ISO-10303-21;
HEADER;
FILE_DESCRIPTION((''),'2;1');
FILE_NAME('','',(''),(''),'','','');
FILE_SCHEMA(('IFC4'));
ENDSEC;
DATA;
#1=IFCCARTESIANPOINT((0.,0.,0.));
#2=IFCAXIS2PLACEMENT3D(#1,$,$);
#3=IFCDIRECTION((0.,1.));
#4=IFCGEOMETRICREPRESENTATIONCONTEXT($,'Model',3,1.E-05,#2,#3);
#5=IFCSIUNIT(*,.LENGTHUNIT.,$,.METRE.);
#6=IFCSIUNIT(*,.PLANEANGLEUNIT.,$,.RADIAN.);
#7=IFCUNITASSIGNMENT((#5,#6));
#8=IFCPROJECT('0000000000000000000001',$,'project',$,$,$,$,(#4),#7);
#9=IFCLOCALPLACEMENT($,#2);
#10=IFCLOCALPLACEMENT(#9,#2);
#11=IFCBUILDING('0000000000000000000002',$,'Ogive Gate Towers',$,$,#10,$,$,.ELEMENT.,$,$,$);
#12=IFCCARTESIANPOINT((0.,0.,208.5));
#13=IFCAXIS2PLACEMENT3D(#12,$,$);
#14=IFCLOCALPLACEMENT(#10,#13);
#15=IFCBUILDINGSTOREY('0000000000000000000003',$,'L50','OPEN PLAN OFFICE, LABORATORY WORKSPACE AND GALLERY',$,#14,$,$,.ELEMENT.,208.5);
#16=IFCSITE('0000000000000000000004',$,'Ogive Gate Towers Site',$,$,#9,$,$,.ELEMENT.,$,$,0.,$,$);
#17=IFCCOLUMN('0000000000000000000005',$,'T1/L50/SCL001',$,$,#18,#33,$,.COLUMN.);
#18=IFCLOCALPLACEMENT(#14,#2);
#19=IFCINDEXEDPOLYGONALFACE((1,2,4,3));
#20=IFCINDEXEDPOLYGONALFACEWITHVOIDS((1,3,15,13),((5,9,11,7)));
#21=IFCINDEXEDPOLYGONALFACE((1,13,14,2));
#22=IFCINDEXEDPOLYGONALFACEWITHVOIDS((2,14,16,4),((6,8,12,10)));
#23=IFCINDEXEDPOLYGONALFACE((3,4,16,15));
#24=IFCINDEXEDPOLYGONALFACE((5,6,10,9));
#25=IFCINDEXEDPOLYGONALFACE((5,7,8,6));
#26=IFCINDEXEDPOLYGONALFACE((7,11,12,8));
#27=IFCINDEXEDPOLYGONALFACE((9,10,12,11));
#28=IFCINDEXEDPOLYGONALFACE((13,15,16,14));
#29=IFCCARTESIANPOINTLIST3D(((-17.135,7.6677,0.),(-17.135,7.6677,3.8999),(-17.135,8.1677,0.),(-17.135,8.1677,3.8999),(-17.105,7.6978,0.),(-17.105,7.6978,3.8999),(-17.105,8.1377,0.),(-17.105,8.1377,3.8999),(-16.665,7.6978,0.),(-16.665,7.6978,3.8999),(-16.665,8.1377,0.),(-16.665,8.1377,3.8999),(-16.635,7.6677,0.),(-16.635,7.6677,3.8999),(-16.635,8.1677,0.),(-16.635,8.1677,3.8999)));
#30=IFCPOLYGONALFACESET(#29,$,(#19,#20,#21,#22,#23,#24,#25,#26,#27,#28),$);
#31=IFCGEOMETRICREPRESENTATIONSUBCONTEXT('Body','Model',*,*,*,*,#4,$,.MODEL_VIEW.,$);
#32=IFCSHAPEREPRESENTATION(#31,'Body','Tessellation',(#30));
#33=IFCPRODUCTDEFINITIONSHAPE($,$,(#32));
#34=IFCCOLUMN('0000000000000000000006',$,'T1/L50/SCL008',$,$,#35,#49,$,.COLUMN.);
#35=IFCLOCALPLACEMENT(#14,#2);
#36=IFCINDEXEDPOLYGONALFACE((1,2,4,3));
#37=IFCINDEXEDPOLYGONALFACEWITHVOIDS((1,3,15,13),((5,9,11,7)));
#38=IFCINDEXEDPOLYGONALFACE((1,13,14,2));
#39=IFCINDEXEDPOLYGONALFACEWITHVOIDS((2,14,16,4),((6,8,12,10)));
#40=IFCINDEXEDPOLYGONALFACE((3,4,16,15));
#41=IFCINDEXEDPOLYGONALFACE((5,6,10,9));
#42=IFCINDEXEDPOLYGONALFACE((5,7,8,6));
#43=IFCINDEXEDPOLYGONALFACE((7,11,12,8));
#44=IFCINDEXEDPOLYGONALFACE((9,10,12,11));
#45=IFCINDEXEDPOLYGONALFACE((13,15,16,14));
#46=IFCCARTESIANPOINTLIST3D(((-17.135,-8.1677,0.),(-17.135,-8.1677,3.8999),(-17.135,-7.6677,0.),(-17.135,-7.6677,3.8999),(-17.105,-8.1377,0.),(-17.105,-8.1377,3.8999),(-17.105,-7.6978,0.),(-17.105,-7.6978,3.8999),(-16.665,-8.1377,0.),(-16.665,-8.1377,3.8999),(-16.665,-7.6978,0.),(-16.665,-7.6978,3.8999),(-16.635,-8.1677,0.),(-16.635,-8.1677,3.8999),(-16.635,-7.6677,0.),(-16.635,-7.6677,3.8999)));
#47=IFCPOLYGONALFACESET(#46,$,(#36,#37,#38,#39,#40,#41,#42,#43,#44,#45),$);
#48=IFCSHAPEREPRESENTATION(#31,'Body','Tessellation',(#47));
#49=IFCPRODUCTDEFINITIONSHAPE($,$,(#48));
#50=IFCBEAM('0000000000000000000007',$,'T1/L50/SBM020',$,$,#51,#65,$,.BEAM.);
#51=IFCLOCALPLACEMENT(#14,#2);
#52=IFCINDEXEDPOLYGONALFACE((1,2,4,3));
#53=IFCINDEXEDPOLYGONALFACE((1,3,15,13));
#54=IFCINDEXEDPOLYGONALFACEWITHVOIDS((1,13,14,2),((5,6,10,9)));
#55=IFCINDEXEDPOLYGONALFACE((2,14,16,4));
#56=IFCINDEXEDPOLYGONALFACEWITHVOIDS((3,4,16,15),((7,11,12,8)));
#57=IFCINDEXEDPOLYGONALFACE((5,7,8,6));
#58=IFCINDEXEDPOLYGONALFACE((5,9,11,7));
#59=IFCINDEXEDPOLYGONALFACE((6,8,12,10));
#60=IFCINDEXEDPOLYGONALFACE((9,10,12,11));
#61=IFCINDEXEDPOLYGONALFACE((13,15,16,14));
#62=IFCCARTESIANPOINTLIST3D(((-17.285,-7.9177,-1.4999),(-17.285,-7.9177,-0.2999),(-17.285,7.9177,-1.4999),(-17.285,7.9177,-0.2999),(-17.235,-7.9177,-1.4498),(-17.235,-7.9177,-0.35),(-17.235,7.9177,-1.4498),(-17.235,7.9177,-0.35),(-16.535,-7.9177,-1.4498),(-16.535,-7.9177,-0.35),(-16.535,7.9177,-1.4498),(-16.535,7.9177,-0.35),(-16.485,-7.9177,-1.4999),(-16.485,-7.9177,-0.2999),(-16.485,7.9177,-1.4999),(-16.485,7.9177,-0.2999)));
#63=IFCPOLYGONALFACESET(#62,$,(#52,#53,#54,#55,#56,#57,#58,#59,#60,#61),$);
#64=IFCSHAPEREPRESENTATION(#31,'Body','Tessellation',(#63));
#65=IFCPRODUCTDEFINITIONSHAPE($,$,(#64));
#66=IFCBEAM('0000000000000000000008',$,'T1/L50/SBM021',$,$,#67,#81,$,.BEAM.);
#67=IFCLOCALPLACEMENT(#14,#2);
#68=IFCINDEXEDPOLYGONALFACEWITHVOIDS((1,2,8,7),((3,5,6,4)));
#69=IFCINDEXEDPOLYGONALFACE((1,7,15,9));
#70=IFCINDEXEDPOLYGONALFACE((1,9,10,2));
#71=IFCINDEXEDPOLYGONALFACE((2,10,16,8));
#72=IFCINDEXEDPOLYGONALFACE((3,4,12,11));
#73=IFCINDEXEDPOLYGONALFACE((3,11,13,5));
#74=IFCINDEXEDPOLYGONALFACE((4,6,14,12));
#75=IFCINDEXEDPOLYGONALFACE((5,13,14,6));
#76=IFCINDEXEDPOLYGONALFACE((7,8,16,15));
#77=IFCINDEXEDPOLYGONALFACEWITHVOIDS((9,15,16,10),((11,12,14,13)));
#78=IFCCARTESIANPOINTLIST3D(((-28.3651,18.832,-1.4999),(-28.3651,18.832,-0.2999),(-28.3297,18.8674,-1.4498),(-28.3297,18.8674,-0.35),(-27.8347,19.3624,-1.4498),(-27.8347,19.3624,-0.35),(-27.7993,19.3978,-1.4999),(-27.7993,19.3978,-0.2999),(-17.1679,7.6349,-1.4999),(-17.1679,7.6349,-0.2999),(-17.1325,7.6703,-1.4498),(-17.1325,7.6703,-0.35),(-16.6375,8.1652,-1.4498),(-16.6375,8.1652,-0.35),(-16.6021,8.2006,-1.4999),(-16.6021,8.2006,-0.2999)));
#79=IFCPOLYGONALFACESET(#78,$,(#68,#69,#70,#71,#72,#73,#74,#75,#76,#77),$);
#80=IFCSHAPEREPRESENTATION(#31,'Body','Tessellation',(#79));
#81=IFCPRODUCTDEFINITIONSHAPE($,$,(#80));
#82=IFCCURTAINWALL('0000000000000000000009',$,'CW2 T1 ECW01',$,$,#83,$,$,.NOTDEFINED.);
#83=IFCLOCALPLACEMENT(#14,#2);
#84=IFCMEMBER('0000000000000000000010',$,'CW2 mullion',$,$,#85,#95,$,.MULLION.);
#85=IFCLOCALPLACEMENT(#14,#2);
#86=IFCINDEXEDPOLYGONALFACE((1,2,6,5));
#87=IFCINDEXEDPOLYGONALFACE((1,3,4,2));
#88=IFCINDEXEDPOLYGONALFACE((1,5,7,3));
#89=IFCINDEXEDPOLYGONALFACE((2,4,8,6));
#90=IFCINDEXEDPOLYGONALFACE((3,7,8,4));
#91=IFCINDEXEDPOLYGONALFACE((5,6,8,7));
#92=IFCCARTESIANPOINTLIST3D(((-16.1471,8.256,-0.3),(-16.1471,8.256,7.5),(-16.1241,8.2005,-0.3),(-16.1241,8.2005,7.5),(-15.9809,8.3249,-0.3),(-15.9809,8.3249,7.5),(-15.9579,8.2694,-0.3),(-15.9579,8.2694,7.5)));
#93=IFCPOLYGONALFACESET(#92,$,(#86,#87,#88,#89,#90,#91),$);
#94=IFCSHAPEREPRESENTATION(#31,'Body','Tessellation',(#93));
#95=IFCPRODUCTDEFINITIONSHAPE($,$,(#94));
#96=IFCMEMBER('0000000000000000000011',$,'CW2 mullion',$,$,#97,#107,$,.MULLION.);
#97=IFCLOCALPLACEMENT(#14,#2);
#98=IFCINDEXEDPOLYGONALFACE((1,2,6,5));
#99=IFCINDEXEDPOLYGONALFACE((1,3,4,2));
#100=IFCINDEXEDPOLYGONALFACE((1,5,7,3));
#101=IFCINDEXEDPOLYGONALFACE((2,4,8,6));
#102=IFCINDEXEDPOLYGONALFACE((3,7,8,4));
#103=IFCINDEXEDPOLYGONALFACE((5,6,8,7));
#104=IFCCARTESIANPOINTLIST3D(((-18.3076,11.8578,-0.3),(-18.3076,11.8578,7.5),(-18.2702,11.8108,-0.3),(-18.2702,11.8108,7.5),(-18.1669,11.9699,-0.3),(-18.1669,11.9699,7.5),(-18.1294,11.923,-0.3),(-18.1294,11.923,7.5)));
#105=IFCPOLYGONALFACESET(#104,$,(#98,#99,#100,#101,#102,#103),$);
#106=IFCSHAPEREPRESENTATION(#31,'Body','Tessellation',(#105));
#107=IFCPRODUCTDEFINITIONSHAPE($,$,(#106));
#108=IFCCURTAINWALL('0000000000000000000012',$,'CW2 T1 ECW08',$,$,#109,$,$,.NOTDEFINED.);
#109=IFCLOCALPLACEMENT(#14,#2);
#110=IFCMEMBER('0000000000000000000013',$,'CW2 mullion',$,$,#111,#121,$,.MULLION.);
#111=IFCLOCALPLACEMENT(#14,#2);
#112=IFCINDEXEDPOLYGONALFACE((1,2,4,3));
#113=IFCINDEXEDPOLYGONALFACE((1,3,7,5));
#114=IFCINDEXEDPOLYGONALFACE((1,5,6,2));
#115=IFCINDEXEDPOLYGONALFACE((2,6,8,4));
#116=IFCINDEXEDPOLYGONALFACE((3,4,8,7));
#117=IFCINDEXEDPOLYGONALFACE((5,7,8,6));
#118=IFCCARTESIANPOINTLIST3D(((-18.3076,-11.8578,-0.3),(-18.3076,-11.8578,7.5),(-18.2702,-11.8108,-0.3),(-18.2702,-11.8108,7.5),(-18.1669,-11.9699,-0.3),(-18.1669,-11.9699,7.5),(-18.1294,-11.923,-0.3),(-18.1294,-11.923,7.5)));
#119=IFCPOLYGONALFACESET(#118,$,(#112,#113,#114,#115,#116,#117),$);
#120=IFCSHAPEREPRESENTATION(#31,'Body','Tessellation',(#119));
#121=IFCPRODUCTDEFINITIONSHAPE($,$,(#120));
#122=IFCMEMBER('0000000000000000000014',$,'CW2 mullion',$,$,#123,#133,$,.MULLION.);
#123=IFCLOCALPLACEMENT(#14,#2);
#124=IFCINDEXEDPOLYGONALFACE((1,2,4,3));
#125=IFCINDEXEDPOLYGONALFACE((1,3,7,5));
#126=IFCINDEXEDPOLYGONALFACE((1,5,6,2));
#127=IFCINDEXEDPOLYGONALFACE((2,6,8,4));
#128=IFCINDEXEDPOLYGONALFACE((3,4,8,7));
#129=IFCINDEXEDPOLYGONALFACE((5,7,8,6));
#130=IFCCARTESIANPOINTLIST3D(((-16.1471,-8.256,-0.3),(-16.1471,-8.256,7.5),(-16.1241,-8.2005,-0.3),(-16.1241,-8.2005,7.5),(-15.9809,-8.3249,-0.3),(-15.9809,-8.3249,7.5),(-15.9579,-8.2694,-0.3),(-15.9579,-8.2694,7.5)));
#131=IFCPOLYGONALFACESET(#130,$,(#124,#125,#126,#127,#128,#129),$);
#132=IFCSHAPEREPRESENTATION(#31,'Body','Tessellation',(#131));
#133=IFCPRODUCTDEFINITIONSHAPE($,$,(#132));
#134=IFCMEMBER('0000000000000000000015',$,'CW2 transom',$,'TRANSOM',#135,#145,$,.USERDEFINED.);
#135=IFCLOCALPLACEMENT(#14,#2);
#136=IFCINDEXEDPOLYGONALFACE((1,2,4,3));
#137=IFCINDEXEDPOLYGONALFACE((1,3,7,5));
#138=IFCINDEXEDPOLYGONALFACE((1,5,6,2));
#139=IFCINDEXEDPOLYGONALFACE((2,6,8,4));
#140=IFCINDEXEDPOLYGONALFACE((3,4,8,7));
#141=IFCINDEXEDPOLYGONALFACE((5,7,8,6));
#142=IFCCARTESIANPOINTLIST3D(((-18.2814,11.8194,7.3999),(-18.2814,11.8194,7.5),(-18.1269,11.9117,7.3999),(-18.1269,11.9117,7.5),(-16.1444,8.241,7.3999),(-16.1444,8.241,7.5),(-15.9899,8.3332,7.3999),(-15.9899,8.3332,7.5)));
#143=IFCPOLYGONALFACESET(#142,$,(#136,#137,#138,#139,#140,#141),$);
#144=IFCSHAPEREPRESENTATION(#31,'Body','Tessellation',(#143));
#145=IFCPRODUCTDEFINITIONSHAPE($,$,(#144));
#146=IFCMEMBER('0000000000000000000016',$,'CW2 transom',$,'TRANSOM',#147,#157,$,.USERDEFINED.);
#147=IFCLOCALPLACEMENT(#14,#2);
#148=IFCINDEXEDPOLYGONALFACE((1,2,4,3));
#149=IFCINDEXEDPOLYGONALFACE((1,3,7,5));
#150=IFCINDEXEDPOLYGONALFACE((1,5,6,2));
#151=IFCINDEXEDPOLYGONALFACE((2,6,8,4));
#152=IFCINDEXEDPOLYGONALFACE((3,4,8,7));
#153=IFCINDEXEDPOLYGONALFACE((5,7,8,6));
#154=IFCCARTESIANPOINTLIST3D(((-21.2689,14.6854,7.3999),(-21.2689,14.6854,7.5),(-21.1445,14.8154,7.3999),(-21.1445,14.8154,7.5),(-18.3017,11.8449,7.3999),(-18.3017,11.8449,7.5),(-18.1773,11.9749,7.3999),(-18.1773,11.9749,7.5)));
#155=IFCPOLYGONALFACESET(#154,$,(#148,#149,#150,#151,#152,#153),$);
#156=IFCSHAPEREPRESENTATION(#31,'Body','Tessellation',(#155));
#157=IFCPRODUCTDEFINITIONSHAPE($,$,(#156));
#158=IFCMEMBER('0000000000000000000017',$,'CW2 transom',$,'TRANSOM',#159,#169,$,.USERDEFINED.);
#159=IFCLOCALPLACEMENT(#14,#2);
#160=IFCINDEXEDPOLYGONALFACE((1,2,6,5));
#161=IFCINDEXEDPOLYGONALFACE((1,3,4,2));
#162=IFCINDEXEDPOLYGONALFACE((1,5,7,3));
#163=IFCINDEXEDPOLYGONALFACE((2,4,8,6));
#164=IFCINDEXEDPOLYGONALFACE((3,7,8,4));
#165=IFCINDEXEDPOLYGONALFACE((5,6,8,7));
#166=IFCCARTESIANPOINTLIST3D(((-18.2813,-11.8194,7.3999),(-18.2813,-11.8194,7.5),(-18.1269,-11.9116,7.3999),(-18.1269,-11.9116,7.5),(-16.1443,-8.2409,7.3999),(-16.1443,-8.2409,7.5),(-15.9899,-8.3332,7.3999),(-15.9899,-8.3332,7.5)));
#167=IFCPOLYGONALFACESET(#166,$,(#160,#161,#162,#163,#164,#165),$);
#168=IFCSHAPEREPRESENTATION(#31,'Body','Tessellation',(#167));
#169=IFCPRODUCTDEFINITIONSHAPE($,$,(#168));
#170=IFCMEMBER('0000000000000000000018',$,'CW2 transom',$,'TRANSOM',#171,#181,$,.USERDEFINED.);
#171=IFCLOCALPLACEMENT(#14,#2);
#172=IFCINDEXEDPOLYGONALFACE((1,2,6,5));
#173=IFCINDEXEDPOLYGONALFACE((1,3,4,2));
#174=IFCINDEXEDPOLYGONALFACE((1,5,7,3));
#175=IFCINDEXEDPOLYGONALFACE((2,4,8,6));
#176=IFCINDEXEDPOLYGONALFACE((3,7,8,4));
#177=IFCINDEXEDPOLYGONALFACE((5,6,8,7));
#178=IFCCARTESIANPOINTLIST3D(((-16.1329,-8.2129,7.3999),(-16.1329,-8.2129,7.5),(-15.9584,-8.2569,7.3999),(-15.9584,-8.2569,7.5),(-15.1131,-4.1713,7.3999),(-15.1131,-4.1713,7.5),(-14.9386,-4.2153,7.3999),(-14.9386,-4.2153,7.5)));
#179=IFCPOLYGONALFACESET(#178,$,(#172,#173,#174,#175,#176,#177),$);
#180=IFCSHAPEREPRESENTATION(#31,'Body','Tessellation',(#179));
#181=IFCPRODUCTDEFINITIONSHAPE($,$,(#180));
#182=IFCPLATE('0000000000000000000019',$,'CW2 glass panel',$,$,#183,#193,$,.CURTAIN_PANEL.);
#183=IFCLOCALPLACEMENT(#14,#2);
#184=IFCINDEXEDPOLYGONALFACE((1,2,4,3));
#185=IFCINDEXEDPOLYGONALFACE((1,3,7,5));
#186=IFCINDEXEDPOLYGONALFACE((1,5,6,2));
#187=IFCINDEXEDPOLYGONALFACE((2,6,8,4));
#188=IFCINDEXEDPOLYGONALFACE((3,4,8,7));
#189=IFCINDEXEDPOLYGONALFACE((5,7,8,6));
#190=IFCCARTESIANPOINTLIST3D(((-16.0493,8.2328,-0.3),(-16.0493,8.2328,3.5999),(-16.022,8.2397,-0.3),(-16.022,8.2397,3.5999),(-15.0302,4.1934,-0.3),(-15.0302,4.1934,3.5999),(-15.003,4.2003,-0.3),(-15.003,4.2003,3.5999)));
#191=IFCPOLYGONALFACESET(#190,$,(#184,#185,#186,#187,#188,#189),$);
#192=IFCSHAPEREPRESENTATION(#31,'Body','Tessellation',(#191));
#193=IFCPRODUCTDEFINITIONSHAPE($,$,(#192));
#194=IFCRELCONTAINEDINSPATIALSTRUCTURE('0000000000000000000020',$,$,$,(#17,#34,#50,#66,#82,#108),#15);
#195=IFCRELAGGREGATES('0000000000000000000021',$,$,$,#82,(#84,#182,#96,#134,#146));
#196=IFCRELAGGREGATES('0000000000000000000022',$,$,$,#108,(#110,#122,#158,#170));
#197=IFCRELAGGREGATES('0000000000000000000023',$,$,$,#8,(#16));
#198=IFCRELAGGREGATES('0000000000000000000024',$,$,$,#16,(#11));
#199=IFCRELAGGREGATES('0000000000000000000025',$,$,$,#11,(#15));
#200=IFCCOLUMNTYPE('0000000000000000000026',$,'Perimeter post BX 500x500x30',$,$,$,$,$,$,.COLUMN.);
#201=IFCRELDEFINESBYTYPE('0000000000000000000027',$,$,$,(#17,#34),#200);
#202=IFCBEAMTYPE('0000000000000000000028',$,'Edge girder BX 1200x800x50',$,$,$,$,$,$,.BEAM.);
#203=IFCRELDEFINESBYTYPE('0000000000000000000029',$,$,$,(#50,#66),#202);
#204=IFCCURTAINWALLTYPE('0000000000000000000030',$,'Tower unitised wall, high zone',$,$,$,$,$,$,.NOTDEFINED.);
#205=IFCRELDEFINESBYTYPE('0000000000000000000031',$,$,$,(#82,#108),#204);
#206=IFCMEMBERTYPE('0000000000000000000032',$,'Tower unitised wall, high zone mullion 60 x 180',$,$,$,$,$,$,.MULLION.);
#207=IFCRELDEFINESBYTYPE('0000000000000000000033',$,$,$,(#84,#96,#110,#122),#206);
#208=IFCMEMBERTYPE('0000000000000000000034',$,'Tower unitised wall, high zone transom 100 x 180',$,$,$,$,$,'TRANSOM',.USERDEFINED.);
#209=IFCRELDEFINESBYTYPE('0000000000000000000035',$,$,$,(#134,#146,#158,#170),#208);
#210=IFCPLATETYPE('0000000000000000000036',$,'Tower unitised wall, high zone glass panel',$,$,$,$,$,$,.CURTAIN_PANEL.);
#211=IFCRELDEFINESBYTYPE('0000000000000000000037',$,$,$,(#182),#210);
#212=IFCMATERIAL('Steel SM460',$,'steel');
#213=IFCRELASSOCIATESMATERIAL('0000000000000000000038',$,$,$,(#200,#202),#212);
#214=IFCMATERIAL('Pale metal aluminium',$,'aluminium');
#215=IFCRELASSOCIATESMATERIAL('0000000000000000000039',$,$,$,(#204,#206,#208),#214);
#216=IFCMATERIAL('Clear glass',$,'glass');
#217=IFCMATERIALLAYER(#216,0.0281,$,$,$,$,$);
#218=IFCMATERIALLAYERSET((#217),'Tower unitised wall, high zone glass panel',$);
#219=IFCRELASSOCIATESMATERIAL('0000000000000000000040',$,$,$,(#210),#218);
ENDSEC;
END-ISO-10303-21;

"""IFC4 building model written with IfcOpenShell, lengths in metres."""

from ifc_helpers import new_model, si_unit, direction, frame, origin, origin_2d, place, context, subcontext, project, spatial, rectangle, hollow_rectangle, extrude, material, layer, layer_set, material_profile, profile_set, type_object, element, aggregate, save


model = new_model("IFC4")

# Units and contexts
model_context = context("Model", 3, precision=1e-05, world=origin(), true_north=direction((0.0, 1.0)))
body_context = subcontext(model_context, "Body", "Model", "MODEL_VIEW")
ifc_project = project(units=[si_unit("LENGTHUNIT", "METRE"), si_unit("PLANEANGLEUNIT", "RADIAN")], contexts=[model_context])

# Site, building, storey
site_placement = place(None, origin())
site = spatial("IfcSite", under=ifc_project, at=site_placement, Name="Ogive Gate Towers Site", CompositionType="ELEMENT", RefElevation=0.0)
building_placement = place(site_placement, origin())
building = spatial("IfcBuilding", under=site, at=building_placement, Name="Ogive Gate Towers", CompositionType="ELEMENT")
storey_placement = place(building_placement, frame((0.0, 0.0, 208.5)))
storey = spatial("IfcBuildingStorey", under=building, at=storey_placement, Name="L50", Description="OPEN PLAN OFFICE, LABORATORY WORKSPACE AND GALLERY", CompositionType="ELEMENT", Elevation=208.5)

# Columns
ifc_material_1 = material(Name="Steel SM460", Category="steel")
ifc_material_profile_1 = material_profile(ifc_material_1, hollow_rectangle(XDim=0.5, YDim=0.5, WallThickness=0.03, at=origin_2d()), Name="BX 500x500x30")
ifc_profile_set_1 = profile_set([ifc_material_profile_1], Name="Steel SM460")
column_type = type_object("IfcColumnType", Name="Perimeter post BX 500x500x30", PredefinedType="COLUMN", material=ifc_profile_set_1)
for number, where, z_axis, x_axis, name in (
    (1, (-16.885, 7.9177, 0.0), (0.0, 0.0, 1.0), (1.0, 0.0, 0.0), "T1/L50/SCL001"),
    (2, (-16.885, -7.9177, 0.0), (0.0, 0.0, 1.0), (1.0, 0.0, 0.0), "T1/L50/SCL008"),
):
    element("IfcColumn", number, at=place(storey_placement, frame(where, z_axis=z_axis, x_axis=x_axis)), inside=storey, type_object=column_type, Name=name, PredefinedType="COLUMN", context=body_context, shape_type="SweptSolid", body=[
        extrude(hollow_rectangle(XDim=0.5, YDim=0.5, WallThickness=0.03, at=origin_2d()), origin(), (0.0, 0.0, 1.0), 3.8999),
    ])

# Beams
ifc_material_profile_2 = material_profile(ifc_material_1, hollow_rectangle(XDim=0.8, YDim=1.2, WallThickness=0.05, at=origin_2d()), Name="BX 1200x800x50")
ifc_profile_set_2 = profile_set([ifc_material_profile_2], Name="Steel SM460")
beam_type = type_object("IfcBeamType", Name="Edge girder BX 1200x800x50", PredefinedType="BEAM", material=ifc_profile_set_2)
beam_1_placement = place(storey_placement, frame((-16.885, -7.9177, -0.8999), z_axis=(0.0, 1.0, 0.0), x_axis=(-1.0, 0.0, 0.0)))
element("IfcBeam", 3, at=beam_1_placement, inside=storey, type_object=beam_type, Name="T1/L50/SBM020", PredefinedType="BEAM", context=body_context, shape_type="SweptSolid", body=[
    extrude(hollow_rectangle(XDim=0.8, YDim=1.2, WallThickness=0.05, at=origin_2d()), origin(), (0.0, 0.0, 1.0), 15.8354),
])
beam_2_placement = place(storey_placement, frame((-16.885, 7.9177, -0.8999), z_axis=(-0.707107, 0.707107, 0.0), x_axis=(-0.707107, -0.707107, 0.0)))
element("IfcBeam", 4, at=beam_2_placement, inside=storey, type_object=beam_type, Name="T1/L50/SBM021", PredefinedType="BEAM", context=body_context, shape_type="SweptSolid", body=[
    extrude(hollow_rectangle(XDim=0.8, YDim=1.2, WallThickness=0.05, at=origin_2d()), origin(), (0.0, 0.0, 1.0), 15.8352),
])

# Curtain walls, members
ifc_material_2 = material(Name="Pale metal aluminium", Category="aluminium")
curtain_wall_type = type_object("IfcCurtainWallType", Name="Tower unitised wall, high zone", PredefinedType="NOTDEFINED", material=ifc_material_2)
curtain_wall_1_placement = place(storey_placement, origin())
curtain_wall_1 = element("IfcCurtainWall", 5, at=curtain_wall_1_placement, inside=storey, type_object=curtain_wall_type, Name="CW2 T1 ECW01", PredefinedType="NOTDEFINED")
ifc_material_profile_3 = material_profile(ifc_material_2, rectangle(XDim=0.1799, YDim=0.0601, at=origin_2d()), Name="60 x 180 aluminium box")
ifc_profile_set_3 = profile_set([ifc_material_profile_3], Name="Pale metal aluminium")
member_type_1 = type_object("IfcMemberType", Name="Tower unitised wall, high zone mullion 60 x 180", PredefinedType="MULLION", material=ifc_profile_set_3)
member_1_placement = place(storey_placement, frame((-16.0525, 8.2627, -0.3), z_axis=(0.0, 0.0, 1.0), x_axis=(0.92388, 0.382683, 0.0)))
member_1 = element("IfcMember", 6, at=member_1_placement, type_object=member_type_1, Name="CW2 mullion", PredefinedType="MULLION", context=body_context, shape_type="SweptSolid", body=[
    extrude(rectangle(XDim=0.1799, YDim=0.0601, at=origin_2d()), origin(), (0.0, 0.0, 1.0), 7.8),
])
member_2_placement = place(storey_placement, frame((-18.2185, 11.8904, -0.3), z_axis=(0.0, 0.0, 1.0), x_axis=(0.782097, 0.623156, 0.0)))
member_2 = element("IfcMember", 7, at=member_2_placement, type_object=member_type_1, Name="CW2 mullion", PredefinedType="MULLION", context=body_context, shape_type="SweptSolid", body=[
    extrude(rectangle(XDim=0.1799, YDim=0.0601, at=origin_2d()), origin(), (0.0, 0.0, 1.0), 7.8),
])
curtain_wall_2_placement = place(storey_placement, origin())
curtain_wall_2 = element("IfcCurtainWall", 8, at=curtain_wall_2_placement, inside=storey, type_object=curtain_wall_type, Name="CW2 T1 ECW08", PredefinedType="NOTDEFINED")
member_3_placement = place(storey_placement, frame((-18.2185, -11.8904, -0.3), z_axis=(0.0, 0.0, 1.0), x_axis=(0.782097, -0.623156, 0.0)))
member_3 = element("IfcMember", 9, at=member_3_placement, type_object=member_type_1, Name="CW2 mullion", PredefinedType="MULLION", context=body_context, shape_type="SweptSolid", body=[
    extrude(rectangle(XDim=0.1799, YDim=0.0601, at=origin_2d()), origin(), (0.0, 0.0, 1.0), 7.8),
])
member_4_placement = place(storey_placement, frame((-16.0525, -8.2627, -0.3), z_axis=(0.0, 0.0, 1.0), x_axis=(0.92388, -0.382683, 0.0)))
member_4 = element("IfcMember", 10, at=member_4_placement, type_object=member_type_1, Name="CW2 mullion", PredefinedType="MULLION", context=body_context, shape_type="SweptSolid", body=[
    extrude(rectangle(XDim=0.1799, YDim=0.0601, at=origin_2d()), origin(), (0.0, 0.0, 1.0), 7.8),
])

# Members
ifc_material_profile_4 = material_profile(ifc_material_2, rectangle(XDim=0.1799, YDim=0.1001, at=origin_2d()), Name="100 x 180 aluminium box")
ifc_profile_set_4 = profile_set([ifc_material_profile_4], Name="Pale metal aluminium")
member_type_2 = type_object("IfcMemberType", Name="Tower unitised wall, high zone transom 100 x 180", ElementType="TRANSOM", PredefinedType="USERDEFINED", material=ifc_profile_set_4)
member_5_placement = place(storey_placement, frame((-16.0671, 8.2871, 7.45), z_axis=(-0.51272, 0.858556, 0.0), x_axis=(-0.858556, -0.51272, 0.0)))
member_5 = element("IfcMember", 11, at=member_5_placement, type_object=member_type_2, Name="CW2 transom", ObjectType="TRANSOM", PredefinedType="USERDEFINED", context=body_context, shape_type="SweptSolid", body=[
    extrude(rectangle(XDim=0.1799, YDim=0.1001, at=origin_2d()), origin(), (0.0, 0.0, 1.0), 4.168),
])
member_6_placement = place(storey_placement, frame((-18.2395, 11.9099, 7.45), z_axis=(-0.722362, 0.691515, 0.0), x_axis=(-0.691515, -0.722362, 0.0)))
member_6 = element("IfcMember", 12, at=member_6_placement, type_object=member_type_2, Name="CW2 transom", ObjectType="TRANSOM", PredefinedType="USERDEFINED", context=body_context, shape_type="SweptSolid", body=[
    extrude(rectangle(XDim=0.1799, YDim=0.1001, at=origin_2d()), origin(), (0.0, 0.0, 1.0), 4.1077),
])
member_7_placement = place(storey_placement, frame((-18.2041, -11.8655, 7.45), z_axis=(0.51272, 0.858556, 0.0), x_axis=(-0.858556, 0.51272, 0.0)))
member_7 = element("IfcMember", 13, at=member_7_placement, type_object=member_type_2, Name="CW2 transom", ObjectType="TRANSOM", PredefinedType="USERDEFINED", context=body_context, shape_type="SweptSolid", body=[
    extrude(rectangle(XDim=0.1799, YDim=0.1001, at=origin_2d()), origin(), (0.0, 0.0, 1.0), 4.168),
])
member_8_placement = place(storey_placement, frame((-16.0457, -8.2349, 7.45), z_axis=(0.244657, 0.96961, 0.0), x_axis=(-0.96961, 0.244657, 0.0)))
member_8 = element("IfcMember", 14, at=member_8_placement, type_object=member_type_2, Name="CW2 transom", ObjectType="TRANSOM", PredefinedType="USERDEFINED", context=body_context, shape_type="SweptSolid", body=[
    extrude(rectangle(XDim=0.1799, YDim=0.1001, at=origin_2d()), origin(), (0.0, 0.0, 1.0), 4.1682),
])

# Plate
ifc_material_3 = material(Name="Clear glass", Category="glass")
ifc_layer_1 = layer(ifc_material_3, 0.0281)
ifc_layer_set_1 = layer_set([ifc_layer_1], Name="Tower unitised wall, high zone glass panel")
plate_type = type_object("IfcPlateType", Name="Tower unitised wall, high zone glass panel", PredefinedType="CURTAIN_PANEL", material=ifc_layer_set_1)
plate_1_placement = place(storey_placement, frame((-15.5261, 6.2166, -0.3), z_axis=(0.0, 0.0, 1.0), x_axis=(-0.244614, 0.969621, 0.0)))
plate_1 = element("IfcPlate", 15, at=plate_1_placement, type_object=plate_type, Name="CW2 glass panel", PredefinedType="CURTAIN_PANEL", context=body_context, shape_type="SweptSolid", body=[
    extrude(rectangle(XDim=4.166, YDim=0.0281, at=origin_2d()), origin(), (0.0, 0.0, 1.0), 3.8999),
])
aggregate(curtain_wall_1, [member_1, plate_1, member_2, member_5, member_6])
aggregate(curtain_wall_2, [member_3, member_4, member_7, member_8])

save(model, "model.ifc")
